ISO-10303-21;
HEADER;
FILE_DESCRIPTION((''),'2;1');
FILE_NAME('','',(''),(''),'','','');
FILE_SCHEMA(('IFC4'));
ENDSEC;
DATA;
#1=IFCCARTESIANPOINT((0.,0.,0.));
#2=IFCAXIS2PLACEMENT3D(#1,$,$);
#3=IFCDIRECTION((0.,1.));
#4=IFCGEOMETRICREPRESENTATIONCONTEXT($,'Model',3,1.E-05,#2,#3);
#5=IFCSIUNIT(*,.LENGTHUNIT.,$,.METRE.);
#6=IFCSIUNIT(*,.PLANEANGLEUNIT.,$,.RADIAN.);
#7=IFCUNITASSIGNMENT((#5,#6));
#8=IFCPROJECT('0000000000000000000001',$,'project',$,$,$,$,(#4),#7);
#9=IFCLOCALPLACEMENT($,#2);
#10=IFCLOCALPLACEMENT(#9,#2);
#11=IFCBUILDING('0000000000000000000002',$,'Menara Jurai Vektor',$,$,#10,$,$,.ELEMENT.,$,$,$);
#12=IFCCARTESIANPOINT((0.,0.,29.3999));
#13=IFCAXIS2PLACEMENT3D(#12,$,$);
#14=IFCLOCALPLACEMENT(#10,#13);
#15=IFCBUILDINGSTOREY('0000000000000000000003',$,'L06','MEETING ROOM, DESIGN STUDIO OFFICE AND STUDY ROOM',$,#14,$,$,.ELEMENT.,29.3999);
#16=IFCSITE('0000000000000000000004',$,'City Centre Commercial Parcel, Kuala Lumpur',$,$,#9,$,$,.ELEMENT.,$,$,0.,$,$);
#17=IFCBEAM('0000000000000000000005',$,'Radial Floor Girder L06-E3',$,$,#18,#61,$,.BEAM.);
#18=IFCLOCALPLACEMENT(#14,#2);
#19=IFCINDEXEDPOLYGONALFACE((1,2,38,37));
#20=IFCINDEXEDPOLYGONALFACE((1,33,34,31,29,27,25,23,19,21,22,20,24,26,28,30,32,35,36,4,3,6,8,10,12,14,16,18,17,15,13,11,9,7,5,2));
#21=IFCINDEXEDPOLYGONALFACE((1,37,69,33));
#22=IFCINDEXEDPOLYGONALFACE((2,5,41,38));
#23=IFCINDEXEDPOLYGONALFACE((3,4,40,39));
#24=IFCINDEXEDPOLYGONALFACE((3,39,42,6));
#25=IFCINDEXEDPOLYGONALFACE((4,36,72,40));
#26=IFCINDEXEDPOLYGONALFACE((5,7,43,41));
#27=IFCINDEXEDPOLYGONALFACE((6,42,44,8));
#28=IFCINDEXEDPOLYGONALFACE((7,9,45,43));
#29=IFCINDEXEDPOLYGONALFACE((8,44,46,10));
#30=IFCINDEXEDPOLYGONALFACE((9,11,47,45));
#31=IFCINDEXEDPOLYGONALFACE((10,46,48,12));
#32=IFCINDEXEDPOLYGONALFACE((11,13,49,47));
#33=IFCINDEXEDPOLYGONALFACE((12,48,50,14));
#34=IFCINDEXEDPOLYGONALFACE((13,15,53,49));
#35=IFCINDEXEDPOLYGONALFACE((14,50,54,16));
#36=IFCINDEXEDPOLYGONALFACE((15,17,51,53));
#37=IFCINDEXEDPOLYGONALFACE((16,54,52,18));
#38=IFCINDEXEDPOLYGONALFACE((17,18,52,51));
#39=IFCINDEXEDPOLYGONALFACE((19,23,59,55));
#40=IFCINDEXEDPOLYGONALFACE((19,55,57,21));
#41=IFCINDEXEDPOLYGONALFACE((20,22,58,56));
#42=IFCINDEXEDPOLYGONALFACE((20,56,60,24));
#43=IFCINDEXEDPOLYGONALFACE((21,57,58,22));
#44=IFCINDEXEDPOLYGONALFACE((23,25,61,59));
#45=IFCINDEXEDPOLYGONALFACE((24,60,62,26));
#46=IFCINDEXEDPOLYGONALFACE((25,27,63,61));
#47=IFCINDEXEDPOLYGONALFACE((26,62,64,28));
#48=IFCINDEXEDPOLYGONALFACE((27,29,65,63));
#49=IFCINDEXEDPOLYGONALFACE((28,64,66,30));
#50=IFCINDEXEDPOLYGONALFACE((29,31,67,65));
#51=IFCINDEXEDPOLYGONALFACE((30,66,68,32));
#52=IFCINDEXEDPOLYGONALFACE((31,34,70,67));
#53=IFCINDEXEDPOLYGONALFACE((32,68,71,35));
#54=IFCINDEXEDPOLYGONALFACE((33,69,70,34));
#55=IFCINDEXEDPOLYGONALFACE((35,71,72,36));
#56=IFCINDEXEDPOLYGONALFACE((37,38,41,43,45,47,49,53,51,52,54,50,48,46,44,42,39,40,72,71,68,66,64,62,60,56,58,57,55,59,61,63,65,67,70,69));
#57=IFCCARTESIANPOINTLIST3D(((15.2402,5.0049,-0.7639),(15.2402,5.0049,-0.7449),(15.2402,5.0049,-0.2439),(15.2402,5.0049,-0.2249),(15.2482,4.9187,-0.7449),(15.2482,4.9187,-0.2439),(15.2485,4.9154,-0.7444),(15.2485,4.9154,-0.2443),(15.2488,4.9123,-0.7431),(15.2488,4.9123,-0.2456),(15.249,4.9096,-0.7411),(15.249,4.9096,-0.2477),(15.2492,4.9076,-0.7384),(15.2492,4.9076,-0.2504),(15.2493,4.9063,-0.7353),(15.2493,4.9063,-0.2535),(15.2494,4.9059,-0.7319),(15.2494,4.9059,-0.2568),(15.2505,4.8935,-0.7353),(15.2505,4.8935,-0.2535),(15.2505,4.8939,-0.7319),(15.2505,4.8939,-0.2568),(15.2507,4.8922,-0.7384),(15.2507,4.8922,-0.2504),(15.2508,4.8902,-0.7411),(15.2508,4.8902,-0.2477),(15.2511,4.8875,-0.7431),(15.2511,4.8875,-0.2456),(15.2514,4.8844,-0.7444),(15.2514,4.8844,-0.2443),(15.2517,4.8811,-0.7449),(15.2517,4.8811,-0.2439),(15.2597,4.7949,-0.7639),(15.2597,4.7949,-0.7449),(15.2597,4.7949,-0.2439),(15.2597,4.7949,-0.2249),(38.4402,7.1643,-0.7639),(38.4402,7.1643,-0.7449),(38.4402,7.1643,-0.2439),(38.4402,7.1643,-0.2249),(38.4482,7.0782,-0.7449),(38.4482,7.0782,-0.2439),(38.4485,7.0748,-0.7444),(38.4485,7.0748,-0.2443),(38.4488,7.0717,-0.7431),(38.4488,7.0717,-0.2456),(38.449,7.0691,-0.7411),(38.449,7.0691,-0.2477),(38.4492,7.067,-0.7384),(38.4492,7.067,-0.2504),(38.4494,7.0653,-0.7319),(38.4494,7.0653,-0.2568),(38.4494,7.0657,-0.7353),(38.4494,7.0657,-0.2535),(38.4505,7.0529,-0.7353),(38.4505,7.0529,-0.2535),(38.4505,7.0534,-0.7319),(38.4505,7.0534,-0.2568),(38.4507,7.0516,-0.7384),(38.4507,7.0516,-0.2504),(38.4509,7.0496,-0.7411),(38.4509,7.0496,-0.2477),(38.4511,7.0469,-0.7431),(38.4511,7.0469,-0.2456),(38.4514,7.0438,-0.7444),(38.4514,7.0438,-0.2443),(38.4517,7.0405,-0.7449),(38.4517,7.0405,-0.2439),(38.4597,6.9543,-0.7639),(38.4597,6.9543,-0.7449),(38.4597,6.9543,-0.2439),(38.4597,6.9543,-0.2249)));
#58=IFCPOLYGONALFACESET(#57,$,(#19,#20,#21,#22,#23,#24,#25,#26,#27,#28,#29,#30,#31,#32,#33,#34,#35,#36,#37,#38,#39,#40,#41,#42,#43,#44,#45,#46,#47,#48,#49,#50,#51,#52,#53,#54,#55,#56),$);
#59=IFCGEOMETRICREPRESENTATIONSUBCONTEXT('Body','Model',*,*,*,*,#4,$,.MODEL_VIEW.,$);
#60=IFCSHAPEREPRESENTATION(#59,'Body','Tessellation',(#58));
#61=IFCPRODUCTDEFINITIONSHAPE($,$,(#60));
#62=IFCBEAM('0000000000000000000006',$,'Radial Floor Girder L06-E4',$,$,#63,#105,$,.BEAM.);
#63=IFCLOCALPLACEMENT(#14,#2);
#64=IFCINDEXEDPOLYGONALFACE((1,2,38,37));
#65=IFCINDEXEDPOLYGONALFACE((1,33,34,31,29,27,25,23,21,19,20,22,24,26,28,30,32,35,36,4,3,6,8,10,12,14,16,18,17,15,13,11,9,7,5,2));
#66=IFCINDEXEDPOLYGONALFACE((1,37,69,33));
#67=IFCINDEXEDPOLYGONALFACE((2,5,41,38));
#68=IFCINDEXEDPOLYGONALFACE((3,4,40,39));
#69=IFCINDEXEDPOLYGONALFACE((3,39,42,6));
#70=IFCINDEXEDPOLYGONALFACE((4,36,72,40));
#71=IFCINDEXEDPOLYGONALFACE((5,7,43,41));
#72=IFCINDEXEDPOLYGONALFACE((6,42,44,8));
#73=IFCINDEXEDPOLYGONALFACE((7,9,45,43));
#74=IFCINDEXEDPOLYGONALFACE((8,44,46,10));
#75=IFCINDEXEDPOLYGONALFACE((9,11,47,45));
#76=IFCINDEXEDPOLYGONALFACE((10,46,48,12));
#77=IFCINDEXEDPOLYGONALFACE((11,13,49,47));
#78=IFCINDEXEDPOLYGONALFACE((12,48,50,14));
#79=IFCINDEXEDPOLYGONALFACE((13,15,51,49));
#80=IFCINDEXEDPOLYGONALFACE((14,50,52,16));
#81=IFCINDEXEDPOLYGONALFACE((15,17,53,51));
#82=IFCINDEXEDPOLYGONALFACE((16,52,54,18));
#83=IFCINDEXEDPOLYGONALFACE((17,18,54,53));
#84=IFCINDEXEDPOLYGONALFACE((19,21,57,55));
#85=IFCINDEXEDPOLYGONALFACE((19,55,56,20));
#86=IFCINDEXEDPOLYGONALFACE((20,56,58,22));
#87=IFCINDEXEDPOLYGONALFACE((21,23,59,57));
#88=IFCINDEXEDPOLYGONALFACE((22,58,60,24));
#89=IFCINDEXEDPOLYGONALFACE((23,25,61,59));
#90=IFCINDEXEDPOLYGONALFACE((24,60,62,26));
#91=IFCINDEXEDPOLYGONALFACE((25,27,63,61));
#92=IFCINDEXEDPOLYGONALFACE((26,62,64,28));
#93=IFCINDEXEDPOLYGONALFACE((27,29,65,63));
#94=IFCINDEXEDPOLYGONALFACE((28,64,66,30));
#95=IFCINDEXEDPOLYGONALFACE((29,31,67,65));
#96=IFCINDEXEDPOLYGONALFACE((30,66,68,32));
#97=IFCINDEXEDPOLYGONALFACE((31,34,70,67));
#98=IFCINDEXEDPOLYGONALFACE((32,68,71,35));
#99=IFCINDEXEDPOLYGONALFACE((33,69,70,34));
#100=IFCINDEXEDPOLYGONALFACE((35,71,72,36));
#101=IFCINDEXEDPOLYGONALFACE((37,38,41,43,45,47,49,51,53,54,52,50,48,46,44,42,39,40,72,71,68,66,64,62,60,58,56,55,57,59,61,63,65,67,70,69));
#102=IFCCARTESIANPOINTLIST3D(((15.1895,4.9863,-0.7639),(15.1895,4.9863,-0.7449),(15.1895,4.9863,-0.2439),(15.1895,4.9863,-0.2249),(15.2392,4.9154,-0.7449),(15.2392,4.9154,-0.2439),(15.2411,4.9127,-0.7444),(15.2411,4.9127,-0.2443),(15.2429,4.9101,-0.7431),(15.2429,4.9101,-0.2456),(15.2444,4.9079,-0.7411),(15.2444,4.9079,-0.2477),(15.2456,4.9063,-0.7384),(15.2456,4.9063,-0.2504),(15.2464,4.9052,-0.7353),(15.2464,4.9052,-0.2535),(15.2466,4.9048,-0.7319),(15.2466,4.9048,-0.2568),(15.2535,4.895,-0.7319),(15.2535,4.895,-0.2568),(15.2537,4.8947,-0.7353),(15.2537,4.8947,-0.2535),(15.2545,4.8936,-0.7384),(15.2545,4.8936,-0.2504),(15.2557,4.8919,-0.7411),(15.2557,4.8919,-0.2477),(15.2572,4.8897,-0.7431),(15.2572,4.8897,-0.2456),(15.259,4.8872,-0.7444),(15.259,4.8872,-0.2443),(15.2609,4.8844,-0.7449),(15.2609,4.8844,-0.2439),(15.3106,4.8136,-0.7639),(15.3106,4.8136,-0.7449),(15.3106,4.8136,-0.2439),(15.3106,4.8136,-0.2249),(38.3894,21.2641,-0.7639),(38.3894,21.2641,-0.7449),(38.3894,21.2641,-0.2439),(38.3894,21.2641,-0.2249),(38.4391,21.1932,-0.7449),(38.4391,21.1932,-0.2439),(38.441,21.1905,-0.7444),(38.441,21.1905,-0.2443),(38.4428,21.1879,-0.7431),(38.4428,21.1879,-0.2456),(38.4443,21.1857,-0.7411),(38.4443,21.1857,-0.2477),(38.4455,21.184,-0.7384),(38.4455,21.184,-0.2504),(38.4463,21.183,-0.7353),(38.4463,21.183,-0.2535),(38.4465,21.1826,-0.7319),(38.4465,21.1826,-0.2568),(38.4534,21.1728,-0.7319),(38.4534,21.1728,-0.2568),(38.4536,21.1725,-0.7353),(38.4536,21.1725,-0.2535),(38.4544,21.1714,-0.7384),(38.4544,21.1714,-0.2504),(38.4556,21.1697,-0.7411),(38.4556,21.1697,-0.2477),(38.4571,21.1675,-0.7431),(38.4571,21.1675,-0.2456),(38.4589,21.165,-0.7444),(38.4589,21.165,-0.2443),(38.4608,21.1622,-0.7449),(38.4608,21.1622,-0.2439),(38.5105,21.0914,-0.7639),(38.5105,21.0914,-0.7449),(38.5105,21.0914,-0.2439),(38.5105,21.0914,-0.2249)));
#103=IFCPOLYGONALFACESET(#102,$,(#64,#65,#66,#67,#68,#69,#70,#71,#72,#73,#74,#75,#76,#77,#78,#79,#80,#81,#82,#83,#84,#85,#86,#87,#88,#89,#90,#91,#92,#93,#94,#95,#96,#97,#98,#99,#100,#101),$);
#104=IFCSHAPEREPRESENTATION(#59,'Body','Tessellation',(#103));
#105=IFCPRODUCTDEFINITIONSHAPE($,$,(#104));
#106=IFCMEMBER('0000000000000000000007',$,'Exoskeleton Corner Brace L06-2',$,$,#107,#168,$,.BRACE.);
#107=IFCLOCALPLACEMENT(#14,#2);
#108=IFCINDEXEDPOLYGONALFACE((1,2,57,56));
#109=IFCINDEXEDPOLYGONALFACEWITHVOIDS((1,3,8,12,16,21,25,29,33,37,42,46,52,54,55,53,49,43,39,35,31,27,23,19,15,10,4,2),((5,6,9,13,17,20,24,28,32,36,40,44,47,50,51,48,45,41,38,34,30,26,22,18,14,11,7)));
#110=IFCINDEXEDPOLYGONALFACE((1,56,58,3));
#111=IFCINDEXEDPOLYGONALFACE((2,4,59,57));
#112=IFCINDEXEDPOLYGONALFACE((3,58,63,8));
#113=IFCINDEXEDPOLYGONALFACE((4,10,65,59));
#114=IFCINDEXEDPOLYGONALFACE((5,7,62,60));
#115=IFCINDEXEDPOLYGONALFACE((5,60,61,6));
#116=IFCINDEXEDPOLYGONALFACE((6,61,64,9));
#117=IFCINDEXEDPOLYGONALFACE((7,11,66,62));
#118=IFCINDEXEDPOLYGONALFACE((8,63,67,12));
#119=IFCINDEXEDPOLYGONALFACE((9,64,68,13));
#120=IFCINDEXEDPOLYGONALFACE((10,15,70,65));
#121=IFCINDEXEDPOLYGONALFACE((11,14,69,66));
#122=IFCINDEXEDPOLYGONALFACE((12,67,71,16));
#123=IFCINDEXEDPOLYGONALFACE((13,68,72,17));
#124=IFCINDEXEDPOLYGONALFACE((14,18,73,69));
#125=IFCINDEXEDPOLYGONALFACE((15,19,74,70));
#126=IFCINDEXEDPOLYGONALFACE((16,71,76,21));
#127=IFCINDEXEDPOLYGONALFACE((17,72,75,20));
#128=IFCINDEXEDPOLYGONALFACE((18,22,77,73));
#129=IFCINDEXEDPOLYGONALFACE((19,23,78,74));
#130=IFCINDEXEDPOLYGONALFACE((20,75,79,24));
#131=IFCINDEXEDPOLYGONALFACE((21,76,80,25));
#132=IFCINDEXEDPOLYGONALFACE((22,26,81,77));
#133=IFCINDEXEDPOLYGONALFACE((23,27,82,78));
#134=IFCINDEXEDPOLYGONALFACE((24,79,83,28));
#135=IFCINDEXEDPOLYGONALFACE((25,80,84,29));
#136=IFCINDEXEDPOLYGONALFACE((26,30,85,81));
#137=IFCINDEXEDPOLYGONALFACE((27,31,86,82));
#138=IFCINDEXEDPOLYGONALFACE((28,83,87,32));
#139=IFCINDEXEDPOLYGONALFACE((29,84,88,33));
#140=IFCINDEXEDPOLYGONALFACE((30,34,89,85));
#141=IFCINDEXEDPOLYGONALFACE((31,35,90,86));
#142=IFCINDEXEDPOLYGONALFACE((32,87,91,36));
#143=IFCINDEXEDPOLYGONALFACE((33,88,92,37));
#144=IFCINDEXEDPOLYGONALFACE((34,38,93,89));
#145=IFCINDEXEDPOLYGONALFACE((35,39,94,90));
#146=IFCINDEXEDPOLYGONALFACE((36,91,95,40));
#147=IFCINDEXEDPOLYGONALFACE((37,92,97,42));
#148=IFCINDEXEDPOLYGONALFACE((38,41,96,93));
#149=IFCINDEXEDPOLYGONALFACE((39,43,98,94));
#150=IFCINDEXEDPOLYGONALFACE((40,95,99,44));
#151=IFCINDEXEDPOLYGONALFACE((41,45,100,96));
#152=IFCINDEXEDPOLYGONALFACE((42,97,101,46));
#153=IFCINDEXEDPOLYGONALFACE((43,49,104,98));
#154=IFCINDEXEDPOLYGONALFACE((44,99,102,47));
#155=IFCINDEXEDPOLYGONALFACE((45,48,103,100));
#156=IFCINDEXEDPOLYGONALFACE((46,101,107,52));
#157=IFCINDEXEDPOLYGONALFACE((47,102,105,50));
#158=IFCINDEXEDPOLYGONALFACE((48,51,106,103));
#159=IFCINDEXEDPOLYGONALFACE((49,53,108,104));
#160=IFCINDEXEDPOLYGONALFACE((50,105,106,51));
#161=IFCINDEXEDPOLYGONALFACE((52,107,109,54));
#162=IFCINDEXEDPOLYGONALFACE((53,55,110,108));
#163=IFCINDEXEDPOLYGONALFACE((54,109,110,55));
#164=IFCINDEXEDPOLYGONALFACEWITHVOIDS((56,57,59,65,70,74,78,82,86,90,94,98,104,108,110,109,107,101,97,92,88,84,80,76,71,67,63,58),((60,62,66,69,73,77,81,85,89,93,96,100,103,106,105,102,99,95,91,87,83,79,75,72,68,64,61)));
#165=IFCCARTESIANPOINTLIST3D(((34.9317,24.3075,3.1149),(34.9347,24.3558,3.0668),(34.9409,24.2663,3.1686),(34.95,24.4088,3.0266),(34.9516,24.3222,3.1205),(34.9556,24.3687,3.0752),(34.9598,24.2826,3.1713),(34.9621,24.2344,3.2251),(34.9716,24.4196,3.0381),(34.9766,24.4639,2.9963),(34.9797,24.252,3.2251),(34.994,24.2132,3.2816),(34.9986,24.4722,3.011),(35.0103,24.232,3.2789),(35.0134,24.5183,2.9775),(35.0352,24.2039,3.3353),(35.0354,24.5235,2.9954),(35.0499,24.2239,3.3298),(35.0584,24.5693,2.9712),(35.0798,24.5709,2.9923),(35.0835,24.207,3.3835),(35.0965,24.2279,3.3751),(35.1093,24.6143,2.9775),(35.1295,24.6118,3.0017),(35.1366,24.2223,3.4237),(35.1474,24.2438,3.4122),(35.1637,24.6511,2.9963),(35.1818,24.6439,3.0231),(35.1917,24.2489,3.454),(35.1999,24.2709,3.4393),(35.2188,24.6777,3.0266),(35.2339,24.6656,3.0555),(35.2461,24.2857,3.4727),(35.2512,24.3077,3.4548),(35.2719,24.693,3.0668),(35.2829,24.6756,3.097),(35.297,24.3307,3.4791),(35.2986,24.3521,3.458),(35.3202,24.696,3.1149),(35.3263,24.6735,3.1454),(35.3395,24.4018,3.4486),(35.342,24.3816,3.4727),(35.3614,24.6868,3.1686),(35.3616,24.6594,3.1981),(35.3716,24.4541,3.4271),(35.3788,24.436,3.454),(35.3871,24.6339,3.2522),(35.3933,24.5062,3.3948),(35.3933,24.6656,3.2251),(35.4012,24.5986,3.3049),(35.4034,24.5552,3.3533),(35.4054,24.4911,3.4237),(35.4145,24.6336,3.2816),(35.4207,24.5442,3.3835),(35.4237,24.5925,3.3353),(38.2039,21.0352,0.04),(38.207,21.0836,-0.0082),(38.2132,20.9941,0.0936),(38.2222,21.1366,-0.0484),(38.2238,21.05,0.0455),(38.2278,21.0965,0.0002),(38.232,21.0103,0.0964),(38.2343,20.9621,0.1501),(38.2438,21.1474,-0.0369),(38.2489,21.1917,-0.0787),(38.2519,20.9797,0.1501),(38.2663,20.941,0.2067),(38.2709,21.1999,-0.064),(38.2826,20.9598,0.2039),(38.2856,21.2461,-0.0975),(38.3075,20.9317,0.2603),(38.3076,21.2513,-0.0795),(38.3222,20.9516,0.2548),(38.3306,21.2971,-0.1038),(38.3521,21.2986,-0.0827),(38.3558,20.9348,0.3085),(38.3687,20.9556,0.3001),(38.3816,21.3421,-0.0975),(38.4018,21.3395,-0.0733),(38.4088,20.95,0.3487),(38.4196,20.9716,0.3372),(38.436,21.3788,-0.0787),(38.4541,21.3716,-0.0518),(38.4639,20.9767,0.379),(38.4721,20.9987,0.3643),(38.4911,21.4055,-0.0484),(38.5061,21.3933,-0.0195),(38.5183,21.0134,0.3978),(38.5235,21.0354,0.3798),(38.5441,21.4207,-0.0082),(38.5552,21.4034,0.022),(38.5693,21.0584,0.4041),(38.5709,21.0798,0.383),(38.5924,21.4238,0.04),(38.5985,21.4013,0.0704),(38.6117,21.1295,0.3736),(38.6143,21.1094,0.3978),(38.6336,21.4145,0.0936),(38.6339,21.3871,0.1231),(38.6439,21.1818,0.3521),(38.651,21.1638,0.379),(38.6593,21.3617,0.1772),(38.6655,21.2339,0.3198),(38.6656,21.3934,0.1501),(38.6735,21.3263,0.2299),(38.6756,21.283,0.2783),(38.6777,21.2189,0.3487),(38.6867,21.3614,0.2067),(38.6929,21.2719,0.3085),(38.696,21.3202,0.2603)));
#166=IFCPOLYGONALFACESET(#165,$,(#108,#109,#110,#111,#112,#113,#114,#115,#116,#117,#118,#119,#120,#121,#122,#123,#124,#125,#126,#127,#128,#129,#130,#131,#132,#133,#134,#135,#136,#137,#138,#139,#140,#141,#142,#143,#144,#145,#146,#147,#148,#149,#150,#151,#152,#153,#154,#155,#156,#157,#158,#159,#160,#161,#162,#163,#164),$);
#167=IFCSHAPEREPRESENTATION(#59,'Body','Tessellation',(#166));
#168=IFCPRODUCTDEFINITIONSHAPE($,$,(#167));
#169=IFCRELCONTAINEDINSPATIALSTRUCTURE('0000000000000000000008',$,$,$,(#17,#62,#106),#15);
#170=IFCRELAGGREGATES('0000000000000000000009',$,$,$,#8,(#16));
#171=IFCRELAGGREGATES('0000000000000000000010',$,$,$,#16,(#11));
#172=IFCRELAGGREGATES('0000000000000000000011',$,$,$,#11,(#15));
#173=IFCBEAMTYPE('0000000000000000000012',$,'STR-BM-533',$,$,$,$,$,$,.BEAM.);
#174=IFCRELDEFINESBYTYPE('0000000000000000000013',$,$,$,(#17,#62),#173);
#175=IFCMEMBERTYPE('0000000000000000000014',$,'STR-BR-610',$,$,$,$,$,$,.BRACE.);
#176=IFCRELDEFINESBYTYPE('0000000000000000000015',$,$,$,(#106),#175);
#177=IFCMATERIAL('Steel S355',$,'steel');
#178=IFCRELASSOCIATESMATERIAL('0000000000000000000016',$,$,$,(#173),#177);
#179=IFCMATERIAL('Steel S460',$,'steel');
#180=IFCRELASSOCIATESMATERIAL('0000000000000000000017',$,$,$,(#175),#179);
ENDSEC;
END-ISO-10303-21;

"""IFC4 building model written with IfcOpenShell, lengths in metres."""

from ifc_helpers import new_model, si_unit, direction, frame, origin, origin_2d, place, context, subcontext, project, spatial, hollow_circle, i_section, extrude, material, material_profile, profile_set, type_object, element, save


model = new_model("IFC4")

# Units and contexts
model_context = context("Model", 3, precision=1e-05, world=origin(), true_north=direction((0.0, 1.0)))
body_context = subcontext(model_context, "Body", "Model", "MODEL_VIEW")
ifc_project = project(units=[si_unit("LENGTHUNIT", "METRE"), si_unit("PLANEANGLEUNIT", "RADIAN")], contexts=[model_context])

# Site, building, storey
site_placement = place(None, origin())
site = spatial("IfcSite", under=ifc_project, at=site_placement, Name="City Centre Commercial Parcel, Kuala Lumpur", CompositionType="ELEMENT", RefElevation=0.0)
building_placement = place(site_placement, origin())
building = spatial("IfcBuilding", under=site, at=building_placement, Name="Menara Jurai Vektor", CompositionType="ELEMENT")
storey_placement = place(building_placement, frame((0.0, 0.0, 29.3999)))
storey = spatial("IfcBuildingStorey", under=building, at=storey_placement, Name="L06", Description="MEETING ROOM, DESIGN STUDIO OFFICE AND STUDY ROOM", CompositionType="ELEMENT", Elevation=29.3999)

# Shared definitions
ifc_material_1 = material(Name="Steel S460", Category="steel")

# Beams
ifc_material_2 = material(Name="Steel S355", Category="steel")
ifc_material_profile_1 = material_profile(ifc_material_2, i_section(OverallWidth=0.2109, OverallDepth=0.5391, WebThickness=0.012, FlangeThickness=0.019, FilletRadius=0.0129, at=origin_2d()), Name="UKB 533x210x109")
ifc_profile_set_1 = profile_set([ifc_material_profile_1], Name="Steel S355")
beam_type_1 = type_object("IfcBeamType", Name="STR-BM-533", PredefinedType="BEAM", material=ifc_profile_set_1)
beam_1_placement = place(storey_placement, frame((38.45, 7.0593, -0.4944), z_axis=(-0.995696, -0.092678, 0.0), x_axis=(0.092678, -0.995696, 0.0)))
element("IfcBeam", 1, at=beam_1_placement, inside=storey, type_object=beam_type_1, Name="Radial Floor Girder L06-E3", PredefinedType="BEAM", context=body_context, shape_type="SweptSolid", body=[
    extrude(i_section(OverallWidth=0.2109, OverallDepth=0.5391, WebThickness=0.012, FlangeThickness=0.019, FilletRadius=0.0129, at=origin_2d()), origin(), (0.0, 0.0, 1.0), 23.3003),
])
beam_2_placement = place(storey_placement, frame((38.45, 21.1777, -0.4944), z_axis=(-0.818604, -0.574359, 0.0), x_axis=(0.574359, -0.818604, 0.0)))
element("IfcBeam", 2, at=beam_2_placement, inside=storey, type_object=beam_type_1, Name="Radial Floor Girder L06-E4", PredefinedType="BEAM", context=body_context, shape_type="SweptSolid", body=[
    extrude(i_section(OverallWidth=0.2109, OverallDepth=0.5391, WebThickness=0.012, FlangeThickness=0.019, FilletRadius=0.0129, at=origin_2d()), origin(), (0.0, 0.0, 1.0), 28.3408),
])

# Member
ifc_material_profile_2 = material_profile(ifc_material_1, hollow_circle(Radius=0.3049, WallThickness=0.0249, at=origin_2d()), Name="CHS 610x25")
ifc_profile_set_2 = profile_set([ifc_material_profile_2], Name="Steel S460")
member_type_1 = type_object("IfcMemberType", Name="STR-BR-610", PredefinedType="BRACE", material=ifc_profile_set_2)
member_1_placement = place(storey_placement, frame((38.45, 21.1777, 0.1501), z_axis=(-0.588942, 0.588942, 0.553438), x_axis=(-0.707107, -0.707107, 0.0)))
element("IfcMember", 3, at=member_1_placement, inside=storey, type_object=member_type_1, Name="Exoskeleton Corner Brace L06-2", PredefinedType="BRACE", context=body_context, shape_type="SweptSolid", body=[
    extrude(hollow_circle(Radius=0.3049, WallThickness=0.0249, at=origin_2d()), origin(), (0.0, 0.0, 1.0), 5.5562),
])

save(model, "model.ifc")
